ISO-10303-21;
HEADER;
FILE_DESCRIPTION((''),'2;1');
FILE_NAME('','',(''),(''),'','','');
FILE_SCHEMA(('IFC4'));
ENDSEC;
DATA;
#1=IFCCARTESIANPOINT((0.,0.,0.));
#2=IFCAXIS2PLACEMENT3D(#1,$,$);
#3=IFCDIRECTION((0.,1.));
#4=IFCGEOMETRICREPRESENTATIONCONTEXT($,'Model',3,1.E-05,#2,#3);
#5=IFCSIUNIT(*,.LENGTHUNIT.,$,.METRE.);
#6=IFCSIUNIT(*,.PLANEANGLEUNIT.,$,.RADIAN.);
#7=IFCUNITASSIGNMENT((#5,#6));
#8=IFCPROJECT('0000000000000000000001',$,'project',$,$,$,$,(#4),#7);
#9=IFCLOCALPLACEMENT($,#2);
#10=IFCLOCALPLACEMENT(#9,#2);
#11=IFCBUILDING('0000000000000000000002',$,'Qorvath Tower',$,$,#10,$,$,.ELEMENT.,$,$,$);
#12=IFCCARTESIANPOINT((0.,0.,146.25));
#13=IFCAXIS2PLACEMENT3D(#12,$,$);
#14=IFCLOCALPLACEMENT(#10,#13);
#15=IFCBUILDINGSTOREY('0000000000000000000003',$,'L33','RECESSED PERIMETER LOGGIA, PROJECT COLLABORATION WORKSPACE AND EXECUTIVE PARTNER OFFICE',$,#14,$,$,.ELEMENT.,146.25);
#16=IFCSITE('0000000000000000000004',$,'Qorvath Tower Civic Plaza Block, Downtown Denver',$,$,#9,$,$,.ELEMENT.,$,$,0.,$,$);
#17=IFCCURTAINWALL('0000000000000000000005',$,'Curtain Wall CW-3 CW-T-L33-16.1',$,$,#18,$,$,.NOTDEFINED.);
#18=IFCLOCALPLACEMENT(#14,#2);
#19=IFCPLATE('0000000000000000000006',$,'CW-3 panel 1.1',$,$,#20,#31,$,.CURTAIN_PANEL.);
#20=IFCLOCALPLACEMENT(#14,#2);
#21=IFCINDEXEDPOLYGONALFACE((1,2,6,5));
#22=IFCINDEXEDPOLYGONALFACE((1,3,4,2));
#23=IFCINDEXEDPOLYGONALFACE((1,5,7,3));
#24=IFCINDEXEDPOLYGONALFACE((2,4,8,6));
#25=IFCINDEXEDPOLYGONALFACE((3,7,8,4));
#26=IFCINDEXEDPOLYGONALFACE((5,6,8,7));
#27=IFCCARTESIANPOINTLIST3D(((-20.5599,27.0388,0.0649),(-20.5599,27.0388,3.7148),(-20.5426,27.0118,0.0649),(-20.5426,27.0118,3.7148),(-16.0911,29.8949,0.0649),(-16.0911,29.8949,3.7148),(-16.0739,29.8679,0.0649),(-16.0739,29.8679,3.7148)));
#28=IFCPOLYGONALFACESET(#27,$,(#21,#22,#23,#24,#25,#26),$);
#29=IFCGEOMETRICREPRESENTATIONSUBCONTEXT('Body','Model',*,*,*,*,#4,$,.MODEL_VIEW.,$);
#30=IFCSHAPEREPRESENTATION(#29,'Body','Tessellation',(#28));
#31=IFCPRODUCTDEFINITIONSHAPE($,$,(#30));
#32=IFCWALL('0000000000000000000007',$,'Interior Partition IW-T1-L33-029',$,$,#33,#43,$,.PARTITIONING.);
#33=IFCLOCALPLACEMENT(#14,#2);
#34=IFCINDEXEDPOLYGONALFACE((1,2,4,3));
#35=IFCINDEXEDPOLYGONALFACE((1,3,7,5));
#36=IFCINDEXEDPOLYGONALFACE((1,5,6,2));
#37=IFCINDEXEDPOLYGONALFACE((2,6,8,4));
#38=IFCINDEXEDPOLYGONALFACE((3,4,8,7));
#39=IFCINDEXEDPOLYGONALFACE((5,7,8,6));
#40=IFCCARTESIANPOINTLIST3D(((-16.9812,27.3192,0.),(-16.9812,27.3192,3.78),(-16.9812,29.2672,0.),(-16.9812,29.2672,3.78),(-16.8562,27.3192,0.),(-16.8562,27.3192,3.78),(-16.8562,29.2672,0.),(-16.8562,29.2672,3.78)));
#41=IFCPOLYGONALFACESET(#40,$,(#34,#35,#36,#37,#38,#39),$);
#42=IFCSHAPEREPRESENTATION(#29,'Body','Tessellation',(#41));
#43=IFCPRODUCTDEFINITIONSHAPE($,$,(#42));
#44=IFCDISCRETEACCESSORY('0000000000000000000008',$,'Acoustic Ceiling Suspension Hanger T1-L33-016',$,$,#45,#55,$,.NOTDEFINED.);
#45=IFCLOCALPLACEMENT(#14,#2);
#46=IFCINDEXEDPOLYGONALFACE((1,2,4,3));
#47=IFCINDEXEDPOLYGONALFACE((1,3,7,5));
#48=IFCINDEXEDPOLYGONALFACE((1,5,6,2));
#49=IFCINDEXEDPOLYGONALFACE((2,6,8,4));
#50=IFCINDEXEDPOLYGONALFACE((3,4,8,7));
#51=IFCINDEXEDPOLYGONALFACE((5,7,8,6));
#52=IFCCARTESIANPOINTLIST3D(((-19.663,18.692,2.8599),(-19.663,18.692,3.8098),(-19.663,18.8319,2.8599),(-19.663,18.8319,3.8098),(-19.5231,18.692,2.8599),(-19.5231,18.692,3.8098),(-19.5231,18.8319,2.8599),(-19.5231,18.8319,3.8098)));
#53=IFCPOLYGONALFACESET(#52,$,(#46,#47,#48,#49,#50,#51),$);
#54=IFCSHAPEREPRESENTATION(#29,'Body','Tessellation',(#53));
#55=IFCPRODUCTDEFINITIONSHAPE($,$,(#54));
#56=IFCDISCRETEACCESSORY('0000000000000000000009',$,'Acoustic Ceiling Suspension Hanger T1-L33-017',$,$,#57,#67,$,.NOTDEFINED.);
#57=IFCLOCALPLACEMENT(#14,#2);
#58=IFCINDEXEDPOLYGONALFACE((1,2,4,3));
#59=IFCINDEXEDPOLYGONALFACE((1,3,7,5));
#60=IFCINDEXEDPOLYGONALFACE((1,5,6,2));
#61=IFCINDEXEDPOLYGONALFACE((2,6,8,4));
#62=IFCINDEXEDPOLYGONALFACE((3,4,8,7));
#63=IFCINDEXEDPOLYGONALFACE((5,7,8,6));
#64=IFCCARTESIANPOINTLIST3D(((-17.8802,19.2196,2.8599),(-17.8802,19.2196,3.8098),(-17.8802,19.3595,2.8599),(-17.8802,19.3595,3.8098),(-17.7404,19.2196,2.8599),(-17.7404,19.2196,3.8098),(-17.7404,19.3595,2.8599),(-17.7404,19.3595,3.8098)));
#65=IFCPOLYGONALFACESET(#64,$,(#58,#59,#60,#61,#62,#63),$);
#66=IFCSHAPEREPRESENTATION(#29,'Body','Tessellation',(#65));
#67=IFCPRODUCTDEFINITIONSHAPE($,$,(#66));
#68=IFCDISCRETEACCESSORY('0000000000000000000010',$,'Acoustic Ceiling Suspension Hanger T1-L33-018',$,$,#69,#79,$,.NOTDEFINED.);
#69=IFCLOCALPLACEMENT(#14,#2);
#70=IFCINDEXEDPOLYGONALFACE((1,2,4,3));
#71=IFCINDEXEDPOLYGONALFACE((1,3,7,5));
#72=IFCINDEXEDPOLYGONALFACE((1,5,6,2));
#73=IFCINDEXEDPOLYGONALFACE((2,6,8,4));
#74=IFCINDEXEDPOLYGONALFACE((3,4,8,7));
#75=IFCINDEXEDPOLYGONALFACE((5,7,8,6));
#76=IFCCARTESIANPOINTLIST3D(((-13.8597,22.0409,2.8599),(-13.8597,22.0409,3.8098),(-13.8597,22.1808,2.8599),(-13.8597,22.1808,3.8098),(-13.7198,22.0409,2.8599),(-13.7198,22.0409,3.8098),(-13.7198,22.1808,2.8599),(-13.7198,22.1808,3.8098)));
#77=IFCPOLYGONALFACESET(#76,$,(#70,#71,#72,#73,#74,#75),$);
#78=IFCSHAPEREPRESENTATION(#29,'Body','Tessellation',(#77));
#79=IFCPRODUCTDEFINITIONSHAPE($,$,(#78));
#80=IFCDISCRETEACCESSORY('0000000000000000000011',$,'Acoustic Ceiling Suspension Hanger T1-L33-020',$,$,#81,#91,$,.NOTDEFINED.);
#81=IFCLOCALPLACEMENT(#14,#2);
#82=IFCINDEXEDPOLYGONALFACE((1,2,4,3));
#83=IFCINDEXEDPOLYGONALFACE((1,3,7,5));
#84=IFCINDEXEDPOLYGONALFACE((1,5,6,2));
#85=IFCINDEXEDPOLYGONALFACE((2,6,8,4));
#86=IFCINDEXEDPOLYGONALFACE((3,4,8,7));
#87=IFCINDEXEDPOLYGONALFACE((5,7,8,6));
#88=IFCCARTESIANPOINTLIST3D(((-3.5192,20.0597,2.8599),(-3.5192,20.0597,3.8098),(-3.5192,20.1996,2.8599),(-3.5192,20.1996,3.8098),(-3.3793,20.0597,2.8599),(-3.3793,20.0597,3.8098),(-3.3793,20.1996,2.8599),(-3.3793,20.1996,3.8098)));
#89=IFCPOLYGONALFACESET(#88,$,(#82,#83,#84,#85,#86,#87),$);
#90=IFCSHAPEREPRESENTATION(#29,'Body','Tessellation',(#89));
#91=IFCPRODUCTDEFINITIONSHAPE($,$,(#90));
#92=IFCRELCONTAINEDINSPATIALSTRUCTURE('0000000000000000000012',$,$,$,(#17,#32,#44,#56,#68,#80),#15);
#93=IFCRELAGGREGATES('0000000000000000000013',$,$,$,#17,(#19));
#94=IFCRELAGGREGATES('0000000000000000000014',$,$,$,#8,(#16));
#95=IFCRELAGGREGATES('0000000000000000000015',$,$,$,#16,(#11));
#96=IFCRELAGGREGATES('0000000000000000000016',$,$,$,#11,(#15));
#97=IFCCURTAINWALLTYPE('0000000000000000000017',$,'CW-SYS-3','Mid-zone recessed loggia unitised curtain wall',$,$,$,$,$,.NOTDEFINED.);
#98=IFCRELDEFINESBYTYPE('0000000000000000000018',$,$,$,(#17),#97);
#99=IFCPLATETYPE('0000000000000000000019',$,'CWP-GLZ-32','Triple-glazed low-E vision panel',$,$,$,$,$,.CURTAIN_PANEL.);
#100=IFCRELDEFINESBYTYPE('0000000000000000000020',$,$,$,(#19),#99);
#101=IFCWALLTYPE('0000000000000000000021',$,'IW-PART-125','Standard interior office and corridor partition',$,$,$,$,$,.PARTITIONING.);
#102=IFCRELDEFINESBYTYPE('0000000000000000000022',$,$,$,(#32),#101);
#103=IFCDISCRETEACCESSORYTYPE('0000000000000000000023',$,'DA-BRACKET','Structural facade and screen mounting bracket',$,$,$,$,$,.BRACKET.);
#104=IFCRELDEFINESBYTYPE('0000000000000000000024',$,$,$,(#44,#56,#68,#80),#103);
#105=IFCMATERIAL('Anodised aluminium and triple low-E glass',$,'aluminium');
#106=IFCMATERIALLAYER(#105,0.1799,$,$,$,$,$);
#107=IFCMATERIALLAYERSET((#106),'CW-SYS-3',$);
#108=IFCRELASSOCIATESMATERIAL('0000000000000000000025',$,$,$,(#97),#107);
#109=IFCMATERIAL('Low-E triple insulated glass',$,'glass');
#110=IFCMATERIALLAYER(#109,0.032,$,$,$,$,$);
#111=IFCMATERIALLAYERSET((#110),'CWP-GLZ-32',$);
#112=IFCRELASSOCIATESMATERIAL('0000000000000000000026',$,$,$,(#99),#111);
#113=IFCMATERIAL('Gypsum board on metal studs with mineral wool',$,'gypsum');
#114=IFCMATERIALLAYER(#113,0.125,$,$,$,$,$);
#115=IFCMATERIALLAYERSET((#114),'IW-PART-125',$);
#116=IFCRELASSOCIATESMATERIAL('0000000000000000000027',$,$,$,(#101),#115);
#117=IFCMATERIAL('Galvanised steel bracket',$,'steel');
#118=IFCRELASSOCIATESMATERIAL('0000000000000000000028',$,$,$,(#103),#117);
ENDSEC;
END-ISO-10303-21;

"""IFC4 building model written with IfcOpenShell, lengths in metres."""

from ifc_helpers import new_model, si_unit, direction, frame, frame_2d, origin, origin_2d, place, context, subcontext, project, spatial, rectangle, extrude, material, layer, layer_set, type_object, element, aggregate, save


model = new_model("IFC4")

# Units and contexts
model_context = context("Model", 3, precision=1e-05, world=origin(), true_north=direction((0.0, 1.0)))
body_context = subcontext(model_context, "Body", "Model", "MODEL_VIEW")
ifc_project = project(units=[si_unit("LENGTHUNIT", "METRE"), si_unit("PLANEANGLEUNIT", "RADIAN")], contexts=[model_context])

# Site, building, storey
site_placement = place(None, origin())
site = spatial("IfcSite", under=ifc_project, at=site_placement, Name="Qorvath Tower Civic Plaza Block, Downtown Denver", CompositionType="ELEMENT", RefElevation=0.0)
building_placement = place(site_placement, origin())
building = spatial("IfcBuilding", under=site, at=building_placement, Name="Qorvath Tower", CompositionType="ELEMENT")
storey_placement = place(building_placement, frame((0.0, 0.0, 146.25)))
storey = spatial("IfcBuildingStorey", under=building, at=storey_placement, Name="L33", Description="RECESSED PERIMETER LOGGIA, PROJECT COLLABORATION WORKSPACE AND EXECUTIVE PARTNER OFFICE", CompositionType="ELEMENT", Elevation=146.25)

# Shared definitions
ifc_material_1 = material(Name="Anodised aluminium and triple low-E glass", Category="aluminium")
ifc_layer_1 = layer(ifc_material_1, 0.1799)
ifc_layer_set_1 = layer_set([ifc_layer_1], Name="CW-SYS-3")
curtain_wall_type = type_object("IfcCurtainWallType", Name="CW-SYS-3", Description="Mid-zone recessed loggia unitised curtain wall", PredefinedType="NOTDEFINED", material=ifc_layer_set_1)

# Curtain wall
curtain_wall_1_placement = place(storey_placement, origin())
curtain_wall_1 = element("IfcCurtainWall", 1, at=curtain_wall_1_placement, inside=storey, type_object=curtain_wall_type, Name="Curtain Wall CW-3 CW-T-L33-16.1", PredefinedType="NOTDEFINED")

# Plate
ifc_material_2 = material(Name="Low-E triple insulated glass", Category="glass")
ifc_layer_2 = layer(ifc_material_2, 0.032)
ifc_layer_set_2 = layer_set([ifc_layer_2], Name="CWP-GLZ-32")
plate_type = type_object("IfcPlateType", Name="CWP-GLZ-32", Description="Triple-glazed low-E vision panel", PredefinedType="CURTAIN_PANEL", material=ifc_layer_set_2)
plate_1_placement = place(storey_placement, frame((-18.3169, 28.4534, 0.0649), z_axis=(0.0, 0.0, 1.0), x_axis=(-0.842604, -0.538533, 0.0)))
plate_1 = element("IfcPlate", 2, at=plate_1_placement, type_object=plate_type, Name="CW-3 panel 1.1", PredefinedType="CURTAIN_PANEL", context=body_context, shape_type="SweptSolid", body=[
    extrude(rectangle(XDim=5.3035, YDim=0.032, at=origin_2d()), origin(), (0.0, 0.0, 1.0), 3.6499),
])
aggregate(curtain_wall_1, [plate_1])

# Wall
ifc_material_3 = material(Name="Gypsum board on metal studs with mineral wool", Category="gypsum")
ifc_layer_3 = layer(ifc_material_3, 0.125)
ifc_layer_set_3 = layer_set([ifc_layer_3], Name="IW-PART-125")
wall_type = type_object("IfcWallType", Name="IW-PART-125", Description="Standard interior office and corridor partition", PredefinedType="PARTITIONING", material=ifc_layer_set_3)
wall_placement = place(storey_placement, frame((-16.9187, 27.3191, 0.0), z_axis=(0.0, 0.0, 1.0), x_axis=(0.0, 1.0, 0.0)))
element("IfcWall", 3, at=wall_placement, inside=storey, type_object=wall_type, Name="Interior Partition IW-T1-L33-029", PredefinedType="PARTITIONING", context=body_context, shape_type="SweptSolid", body=[
    extrude(rectangle(XDim=1.948, YDim=0.125, at=frame_2d((0.9741, 0.0))), origin(), (0.0, 0.0, 1.0), 3.78),
])

# Discrete accessories
ifc_material_4 = material(Name="Galvanised steel bracket", Category="steel")
discrete_accessory_type = type_object("IfcDiscreteAccessoryType", Name="DA-BRACKET", Description="Structural facade and screen mounting bracket", PredefinedType="BRACKET", material=ifc_material_4)
for number, where, z_axis, x_axis, name in (
    (4, (-19.593, 18.762, 2.8599), (0.0, 0.0, 1.0), (1.0, 0.0, 0.0), "Acoustic Ceiling Suspension Hanger T1-L33-016"),
    (5, (-17.8103, 19.2896, 2.8599), (0.0, 0.0, 1.0), (1.0, 0.0, 0.0), "Acoustic Ceiling Suspension Hanger T1-L33-017"),
    (6, (-13.7898, 22.1108, 2.8599), (0.0, 0.0, 1.0), (1.0, 0.0, 0.0), "Acoustic Ceiling Suspension Hanger T1-L33-018"),
    (7, (-3.4492, 20.1296, 2.8599), (0.0, 0.0, 1.0), (1.0, 0.0, 0.0), "Acoustic Ceiling Suspension Hanger T1-L33-020"),
):
    element("IfcDiscreteAccessory", number, at=place(storey_placement, frame(where, z_axis=z_axis, x_axis=x_axis)), inside=storey, type_object=discrete_accessory_type, Name=name, PredefinedType="NOTDEFINED", context=body_context, shape_type="SweptSolid", body=[
        extrude(rectangle(XDim=0.1399, YDim=0.1399, at=origin_2d()), origin(), (0.0, 0.0, 1.0), 0.95),
    ])

save(model, "model.ifc")
